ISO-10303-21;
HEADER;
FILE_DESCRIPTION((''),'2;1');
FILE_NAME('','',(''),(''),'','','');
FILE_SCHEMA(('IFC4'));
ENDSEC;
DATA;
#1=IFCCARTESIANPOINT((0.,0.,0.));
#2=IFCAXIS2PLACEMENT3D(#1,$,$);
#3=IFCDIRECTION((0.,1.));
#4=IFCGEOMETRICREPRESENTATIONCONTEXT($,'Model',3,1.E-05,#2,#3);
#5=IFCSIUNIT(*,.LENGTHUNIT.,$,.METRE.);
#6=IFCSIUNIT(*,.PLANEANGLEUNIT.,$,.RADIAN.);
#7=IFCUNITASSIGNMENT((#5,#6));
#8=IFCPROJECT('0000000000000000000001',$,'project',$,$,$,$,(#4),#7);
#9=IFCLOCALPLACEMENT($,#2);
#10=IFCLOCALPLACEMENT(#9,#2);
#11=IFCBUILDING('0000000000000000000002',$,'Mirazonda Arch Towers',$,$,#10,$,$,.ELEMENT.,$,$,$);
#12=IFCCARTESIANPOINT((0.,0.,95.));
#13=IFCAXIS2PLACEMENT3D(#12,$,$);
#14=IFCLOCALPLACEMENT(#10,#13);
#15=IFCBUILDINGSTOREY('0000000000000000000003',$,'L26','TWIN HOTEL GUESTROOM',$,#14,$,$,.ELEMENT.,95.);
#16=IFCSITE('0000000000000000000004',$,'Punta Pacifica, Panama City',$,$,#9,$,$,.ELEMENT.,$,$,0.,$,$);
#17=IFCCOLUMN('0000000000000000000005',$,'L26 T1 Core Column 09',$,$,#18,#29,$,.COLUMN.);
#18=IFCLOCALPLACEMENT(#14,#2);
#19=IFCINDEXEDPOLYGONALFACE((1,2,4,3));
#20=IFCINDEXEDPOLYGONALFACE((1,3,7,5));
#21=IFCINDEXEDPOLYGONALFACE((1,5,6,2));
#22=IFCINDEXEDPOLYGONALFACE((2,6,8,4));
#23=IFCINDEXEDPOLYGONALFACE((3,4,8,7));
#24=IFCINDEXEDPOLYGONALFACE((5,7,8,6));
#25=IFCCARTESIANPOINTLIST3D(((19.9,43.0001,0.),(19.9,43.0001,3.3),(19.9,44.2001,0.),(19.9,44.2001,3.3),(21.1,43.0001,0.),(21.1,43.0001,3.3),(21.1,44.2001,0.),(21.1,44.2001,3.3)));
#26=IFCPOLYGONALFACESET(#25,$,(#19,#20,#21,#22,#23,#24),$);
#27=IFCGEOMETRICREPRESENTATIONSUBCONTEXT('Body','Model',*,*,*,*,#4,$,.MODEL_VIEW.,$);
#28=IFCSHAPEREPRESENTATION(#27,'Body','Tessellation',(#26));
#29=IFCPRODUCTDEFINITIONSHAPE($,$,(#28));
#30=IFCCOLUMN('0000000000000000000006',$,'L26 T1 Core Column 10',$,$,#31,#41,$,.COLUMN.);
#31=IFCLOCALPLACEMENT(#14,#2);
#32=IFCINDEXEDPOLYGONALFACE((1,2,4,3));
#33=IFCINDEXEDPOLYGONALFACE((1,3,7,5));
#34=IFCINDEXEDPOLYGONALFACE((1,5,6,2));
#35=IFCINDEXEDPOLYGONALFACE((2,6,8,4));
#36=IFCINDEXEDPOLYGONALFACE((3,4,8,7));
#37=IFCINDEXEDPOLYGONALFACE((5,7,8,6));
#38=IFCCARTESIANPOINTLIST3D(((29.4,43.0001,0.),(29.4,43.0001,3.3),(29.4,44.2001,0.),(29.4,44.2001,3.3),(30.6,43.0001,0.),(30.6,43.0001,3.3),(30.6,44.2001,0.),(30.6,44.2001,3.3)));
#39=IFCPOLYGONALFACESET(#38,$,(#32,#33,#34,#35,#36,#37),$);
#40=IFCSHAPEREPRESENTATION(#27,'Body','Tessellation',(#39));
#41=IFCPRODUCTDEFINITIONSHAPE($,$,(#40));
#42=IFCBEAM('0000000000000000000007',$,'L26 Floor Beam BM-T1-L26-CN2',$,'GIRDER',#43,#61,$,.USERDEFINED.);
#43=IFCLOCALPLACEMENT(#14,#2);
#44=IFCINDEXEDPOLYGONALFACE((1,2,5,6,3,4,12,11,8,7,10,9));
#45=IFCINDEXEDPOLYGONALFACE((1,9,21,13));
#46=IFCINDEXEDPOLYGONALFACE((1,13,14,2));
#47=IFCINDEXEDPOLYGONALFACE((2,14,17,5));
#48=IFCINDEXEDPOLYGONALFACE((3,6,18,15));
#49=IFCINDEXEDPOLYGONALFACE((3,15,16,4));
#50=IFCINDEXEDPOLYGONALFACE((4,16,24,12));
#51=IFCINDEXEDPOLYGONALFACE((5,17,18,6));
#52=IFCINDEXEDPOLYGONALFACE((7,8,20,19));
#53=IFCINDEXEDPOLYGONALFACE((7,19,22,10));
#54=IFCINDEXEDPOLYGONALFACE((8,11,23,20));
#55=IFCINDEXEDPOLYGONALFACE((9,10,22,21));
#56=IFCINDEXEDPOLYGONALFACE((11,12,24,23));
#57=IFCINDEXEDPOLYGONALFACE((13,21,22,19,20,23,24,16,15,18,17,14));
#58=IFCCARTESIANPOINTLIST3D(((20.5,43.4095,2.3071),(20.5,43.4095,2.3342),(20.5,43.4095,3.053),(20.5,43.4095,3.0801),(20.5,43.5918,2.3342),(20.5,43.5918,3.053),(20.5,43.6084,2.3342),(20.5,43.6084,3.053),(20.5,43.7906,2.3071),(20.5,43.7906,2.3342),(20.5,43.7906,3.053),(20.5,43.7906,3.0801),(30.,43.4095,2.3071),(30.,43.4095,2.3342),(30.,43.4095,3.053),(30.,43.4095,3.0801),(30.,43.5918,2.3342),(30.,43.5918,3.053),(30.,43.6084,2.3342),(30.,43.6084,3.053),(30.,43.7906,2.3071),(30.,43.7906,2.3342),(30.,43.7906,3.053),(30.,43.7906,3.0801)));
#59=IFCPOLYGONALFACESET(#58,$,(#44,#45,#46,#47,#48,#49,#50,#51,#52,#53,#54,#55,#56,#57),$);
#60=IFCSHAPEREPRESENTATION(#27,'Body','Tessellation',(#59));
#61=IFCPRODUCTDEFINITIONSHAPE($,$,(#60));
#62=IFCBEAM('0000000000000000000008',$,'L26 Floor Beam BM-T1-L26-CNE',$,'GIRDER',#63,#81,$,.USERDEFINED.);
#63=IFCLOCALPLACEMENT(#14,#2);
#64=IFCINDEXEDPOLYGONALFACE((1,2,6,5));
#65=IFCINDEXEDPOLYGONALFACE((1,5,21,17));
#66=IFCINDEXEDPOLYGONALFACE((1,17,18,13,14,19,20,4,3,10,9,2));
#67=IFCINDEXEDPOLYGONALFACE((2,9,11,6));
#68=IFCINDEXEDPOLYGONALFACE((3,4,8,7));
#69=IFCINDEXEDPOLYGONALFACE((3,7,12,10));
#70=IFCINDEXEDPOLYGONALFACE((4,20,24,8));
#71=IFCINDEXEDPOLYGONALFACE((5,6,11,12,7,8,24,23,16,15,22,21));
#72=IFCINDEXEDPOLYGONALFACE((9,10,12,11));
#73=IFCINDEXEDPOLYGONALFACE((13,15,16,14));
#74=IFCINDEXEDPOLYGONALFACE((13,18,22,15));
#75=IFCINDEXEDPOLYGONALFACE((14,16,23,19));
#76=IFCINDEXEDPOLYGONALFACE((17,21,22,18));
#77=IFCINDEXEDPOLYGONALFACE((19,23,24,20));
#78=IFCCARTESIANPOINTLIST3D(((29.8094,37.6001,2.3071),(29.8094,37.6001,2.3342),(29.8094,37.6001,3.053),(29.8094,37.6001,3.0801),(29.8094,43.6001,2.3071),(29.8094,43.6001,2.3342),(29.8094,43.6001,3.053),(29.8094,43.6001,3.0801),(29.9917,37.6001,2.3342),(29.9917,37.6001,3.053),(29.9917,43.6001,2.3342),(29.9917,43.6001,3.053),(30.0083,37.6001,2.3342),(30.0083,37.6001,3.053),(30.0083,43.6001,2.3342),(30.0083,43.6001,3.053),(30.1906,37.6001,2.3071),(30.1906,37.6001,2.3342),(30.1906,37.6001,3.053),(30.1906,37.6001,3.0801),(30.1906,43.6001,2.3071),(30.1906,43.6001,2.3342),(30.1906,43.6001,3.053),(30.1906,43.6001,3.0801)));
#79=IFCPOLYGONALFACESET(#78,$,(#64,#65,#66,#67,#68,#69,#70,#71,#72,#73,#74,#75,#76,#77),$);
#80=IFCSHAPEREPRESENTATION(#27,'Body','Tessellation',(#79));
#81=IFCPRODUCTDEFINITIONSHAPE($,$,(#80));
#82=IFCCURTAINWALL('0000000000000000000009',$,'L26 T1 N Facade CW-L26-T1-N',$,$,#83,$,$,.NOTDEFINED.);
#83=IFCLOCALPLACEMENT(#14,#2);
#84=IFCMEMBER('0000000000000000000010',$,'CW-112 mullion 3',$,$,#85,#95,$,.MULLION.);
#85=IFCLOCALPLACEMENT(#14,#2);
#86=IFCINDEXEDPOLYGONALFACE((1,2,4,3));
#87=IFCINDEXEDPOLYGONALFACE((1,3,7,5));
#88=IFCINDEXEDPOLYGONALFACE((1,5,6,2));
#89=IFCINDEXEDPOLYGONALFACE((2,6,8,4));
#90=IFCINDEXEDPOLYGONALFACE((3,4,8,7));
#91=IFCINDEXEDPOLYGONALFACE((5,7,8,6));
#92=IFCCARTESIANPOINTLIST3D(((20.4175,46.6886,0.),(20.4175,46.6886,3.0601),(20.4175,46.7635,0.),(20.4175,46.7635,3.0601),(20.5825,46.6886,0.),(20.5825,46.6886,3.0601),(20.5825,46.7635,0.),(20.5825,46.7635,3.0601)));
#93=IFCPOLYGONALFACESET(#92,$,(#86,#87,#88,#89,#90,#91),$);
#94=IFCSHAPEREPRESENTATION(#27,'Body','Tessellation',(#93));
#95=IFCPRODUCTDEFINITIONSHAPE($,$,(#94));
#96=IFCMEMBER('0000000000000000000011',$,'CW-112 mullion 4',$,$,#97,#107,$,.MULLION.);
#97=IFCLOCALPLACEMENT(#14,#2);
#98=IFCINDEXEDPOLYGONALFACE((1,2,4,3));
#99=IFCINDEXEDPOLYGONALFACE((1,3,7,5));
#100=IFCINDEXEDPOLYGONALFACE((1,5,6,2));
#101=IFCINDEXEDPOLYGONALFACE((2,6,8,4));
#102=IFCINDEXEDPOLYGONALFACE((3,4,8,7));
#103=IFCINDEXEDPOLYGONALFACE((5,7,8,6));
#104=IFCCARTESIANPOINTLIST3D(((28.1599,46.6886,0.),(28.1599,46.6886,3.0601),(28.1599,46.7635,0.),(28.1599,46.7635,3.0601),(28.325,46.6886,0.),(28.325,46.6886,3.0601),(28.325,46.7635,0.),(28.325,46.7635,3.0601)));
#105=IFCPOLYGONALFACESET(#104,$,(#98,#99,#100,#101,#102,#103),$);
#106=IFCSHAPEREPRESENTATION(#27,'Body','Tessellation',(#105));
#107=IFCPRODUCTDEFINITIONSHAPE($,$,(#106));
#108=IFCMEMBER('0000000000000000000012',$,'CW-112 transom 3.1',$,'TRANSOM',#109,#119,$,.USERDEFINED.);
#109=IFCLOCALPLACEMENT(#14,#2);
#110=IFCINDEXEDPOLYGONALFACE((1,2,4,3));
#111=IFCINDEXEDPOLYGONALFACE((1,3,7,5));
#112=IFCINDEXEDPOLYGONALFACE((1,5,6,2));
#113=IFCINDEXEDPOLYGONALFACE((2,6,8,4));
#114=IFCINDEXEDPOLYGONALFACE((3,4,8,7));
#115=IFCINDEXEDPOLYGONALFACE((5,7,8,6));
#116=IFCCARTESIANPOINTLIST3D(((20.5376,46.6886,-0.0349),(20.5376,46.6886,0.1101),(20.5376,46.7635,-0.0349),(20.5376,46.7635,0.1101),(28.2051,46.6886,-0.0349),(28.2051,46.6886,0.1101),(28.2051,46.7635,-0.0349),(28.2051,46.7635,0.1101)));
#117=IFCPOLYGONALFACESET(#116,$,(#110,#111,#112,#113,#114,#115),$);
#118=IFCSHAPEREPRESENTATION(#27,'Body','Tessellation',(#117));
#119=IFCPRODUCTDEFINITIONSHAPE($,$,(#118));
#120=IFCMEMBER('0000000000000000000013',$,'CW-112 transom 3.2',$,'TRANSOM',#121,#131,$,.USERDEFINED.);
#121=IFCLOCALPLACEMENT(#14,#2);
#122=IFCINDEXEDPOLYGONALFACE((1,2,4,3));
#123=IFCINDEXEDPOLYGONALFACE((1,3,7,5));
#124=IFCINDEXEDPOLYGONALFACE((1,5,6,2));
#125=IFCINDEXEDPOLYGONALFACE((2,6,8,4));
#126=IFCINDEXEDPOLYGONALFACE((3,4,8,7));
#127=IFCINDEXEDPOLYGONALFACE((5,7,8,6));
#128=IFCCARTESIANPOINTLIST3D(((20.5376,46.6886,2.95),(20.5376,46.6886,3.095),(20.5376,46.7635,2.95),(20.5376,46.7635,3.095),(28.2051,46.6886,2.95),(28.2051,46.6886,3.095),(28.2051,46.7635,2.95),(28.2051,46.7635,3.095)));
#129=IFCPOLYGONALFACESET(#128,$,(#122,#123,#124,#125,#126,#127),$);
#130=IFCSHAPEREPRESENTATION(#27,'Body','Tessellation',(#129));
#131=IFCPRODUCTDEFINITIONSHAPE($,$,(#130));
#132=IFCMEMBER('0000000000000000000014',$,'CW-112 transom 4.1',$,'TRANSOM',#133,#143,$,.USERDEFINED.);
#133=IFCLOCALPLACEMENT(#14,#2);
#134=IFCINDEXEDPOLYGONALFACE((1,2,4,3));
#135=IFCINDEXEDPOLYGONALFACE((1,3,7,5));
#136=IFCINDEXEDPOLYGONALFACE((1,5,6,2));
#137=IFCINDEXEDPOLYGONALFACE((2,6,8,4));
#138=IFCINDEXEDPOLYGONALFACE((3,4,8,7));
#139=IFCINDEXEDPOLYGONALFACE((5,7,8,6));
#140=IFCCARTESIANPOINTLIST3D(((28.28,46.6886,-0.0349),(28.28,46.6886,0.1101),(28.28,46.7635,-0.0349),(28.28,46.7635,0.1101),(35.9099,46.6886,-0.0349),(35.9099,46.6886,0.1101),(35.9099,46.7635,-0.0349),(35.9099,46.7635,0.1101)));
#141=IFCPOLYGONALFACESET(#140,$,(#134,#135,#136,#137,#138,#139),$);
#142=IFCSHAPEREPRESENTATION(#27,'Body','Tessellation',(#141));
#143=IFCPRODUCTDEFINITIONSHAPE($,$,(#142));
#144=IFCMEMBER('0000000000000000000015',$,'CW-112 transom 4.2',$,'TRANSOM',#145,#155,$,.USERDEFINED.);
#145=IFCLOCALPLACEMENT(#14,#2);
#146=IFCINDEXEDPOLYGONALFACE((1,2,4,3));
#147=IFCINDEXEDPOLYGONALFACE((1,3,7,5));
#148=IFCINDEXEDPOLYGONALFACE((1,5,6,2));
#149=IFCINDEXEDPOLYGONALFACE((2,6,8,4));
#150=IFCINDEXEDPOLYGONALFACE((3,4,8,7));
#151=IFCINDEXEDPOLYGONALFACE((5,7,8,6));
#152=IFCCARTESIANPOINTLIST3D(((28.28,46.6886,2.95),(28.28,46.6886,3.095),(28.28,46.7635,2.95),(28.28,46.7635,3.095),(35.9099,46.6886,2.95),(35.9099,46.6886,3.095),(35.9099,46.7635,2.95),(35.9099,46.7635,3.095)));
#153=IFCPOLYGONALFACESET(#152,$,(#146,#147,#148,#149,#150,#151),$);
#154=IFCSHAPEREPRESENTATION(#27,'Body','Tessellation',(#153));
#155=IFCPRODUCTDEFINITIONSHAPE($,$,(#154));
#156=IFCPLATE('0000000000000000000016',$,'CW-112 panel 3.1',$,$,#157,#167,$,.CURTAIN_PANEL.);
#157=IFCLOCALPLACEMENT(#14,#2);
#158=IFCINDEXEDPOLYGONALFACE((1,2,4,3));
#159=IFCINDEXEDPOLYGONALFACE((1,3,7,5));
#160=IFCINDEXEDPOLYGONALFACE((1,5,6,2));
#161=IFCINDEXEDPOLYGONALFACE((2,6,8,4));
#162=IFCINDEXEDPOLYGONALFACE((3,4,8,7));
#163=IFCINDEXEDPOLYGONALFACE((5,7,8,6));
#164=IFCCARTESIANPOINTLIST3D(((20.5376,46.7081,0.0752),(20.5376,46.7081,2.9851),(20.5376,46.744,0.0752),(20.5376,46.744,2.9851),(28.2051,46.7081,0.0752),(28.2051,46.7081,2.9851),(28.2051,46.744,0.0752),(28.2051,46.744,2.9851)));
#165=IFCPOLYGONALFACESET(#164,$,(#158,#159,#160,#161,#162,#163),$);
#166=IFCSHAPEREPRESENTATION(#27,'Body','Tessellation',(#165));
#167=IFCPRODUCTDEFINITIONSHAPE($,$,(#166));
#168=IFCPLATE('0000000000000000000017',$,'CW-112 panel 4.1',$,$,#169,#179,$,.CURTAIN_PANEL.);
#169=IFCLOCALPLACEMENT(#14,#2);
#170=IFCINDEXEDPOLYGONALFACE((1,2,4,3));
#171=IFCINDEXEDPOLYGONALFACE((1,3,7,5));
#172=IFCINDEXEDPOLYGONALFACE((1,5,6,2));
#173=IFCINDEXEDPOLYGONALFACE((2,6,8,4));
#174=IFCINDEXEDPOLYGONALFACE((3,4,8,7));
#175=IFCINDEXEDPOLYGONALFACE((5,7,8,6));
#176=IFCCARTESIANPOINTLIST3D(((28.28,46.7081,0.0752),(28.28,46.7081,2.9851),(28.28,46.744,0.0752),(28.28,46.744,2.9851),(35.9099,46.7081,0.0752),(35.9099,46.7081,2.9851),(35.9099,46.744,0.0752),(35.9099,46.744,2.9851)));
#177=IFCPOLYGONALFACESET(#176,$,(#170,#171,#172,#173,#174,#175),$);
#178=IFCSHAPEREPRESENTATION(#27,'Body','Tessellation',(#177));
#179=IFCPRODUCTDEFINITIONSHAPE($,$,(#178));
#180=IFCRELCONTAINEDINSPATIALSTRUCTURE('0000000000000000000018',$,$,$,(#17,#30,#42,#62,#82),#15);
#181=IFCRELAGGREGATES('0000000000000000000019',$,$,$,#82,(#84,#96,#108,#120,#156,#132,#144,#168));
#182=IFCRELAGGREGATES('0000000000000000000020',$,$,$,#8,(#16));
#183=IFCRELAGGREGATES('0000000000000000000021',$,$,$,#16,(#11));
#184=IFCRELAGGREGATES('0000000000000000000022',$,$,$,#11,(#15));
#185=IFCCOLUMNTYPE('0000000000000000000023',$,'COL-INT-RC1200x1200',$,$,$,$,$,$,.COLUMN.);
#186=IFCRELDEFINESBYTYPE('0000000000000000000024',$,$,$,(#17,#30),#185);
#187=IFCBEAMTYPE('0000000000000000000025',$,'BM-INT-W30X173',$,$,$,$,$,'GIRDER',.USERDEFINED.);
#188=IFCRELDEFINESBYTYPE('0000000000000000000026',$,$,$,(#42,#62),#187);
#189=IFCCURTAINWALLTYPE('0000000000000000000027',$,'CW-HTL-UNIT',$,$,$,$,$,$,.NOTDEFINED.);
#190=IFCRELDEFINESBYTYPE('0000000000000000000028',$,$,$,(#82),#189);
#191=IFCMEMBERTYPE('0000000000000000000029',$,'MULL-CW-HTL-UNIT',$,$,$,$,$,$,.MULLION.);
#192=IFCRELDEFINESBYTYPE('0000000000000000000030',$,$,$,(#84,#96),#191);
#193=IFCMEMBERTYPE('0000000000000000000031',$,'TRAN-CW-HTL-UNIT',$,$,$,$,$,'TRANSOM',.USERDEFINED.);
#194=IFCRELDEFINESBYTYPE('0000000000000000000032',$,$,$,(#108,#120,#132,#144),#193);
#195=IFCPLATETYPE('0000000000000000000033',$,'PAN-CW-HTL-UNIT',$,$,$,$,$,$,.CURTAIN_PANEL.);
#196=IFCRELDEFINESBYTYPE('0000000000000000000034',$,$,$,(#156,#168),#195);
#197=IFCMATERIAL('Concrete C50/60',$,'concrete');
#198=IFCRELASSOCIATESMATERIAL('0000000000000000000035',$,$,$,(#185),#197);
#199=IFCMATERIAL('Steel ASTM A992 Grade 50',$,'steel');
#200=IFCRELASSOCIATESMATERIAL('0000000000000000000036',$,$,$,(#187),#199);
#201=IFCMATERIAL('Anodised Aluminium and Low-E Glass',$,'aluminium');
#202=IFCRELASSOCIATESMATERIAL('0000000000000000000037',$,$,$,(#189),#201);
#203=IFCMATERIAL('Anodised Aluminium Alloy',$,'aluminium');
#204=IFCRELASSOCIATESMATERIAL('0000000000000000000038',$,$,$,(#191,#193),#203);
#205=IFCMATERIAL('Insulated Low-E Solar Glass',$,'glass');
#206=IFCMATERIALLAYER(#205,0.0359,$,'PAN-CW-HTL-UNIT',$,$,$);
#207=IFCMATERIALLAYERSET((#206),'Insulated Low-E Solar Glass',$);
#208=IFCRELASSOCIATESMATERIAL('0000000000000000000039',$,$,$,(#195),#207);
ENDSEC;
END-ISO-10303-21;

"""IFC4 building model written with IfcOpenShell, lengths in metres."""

from ifc_helpers import new_model, si_unit, direction, frame, origin, origin_2d, place, context, subcontext, project, spatial, rectangle, i_section, extrude, material, layer, layer_set, material_profile, profile_set, type_object, element, aggregate, save


model = new_model("IFC4")

# Units and contexts
model_context = context("Model", 3, precision=1e-05, world=origin(), true_north=direction((0.0, 1.0)))
body_context = subcontext(model_context, "Body", "Model", "MODEL_VIEW")
ifc_project = project(units=[si_unit("LENGTHUNIT", "METRE"), si_unit("PLANEANGLEUNIT", "RADIAN")], contexts=[model_context])

# Site, building, storey
site_placement = place(None, origin())
site = spatial("IfcSite", under=ifc_project, at=site_placement, Name="Punta Pacifica, Panama City", CompositionType="ELEMENT", RefElevation=0.0)
building_placement = place(site_placement, origin())
building = spatial("IfcBuilding", under=site, at=building_placement, Name="Mirazonda Arch Towers", CompositionType="ELEMENT")
storey_placement = place(building_placement, frame((0.0, 0.0, 95.0)))
storey = spatial("IfcBuildingStorey", under=building, at=storey_placement, Name="L26", Description="TWIN HOTEL GUESTROOM", CompositionType="ELEMENT", Elevation=95.0)

# Columns
ifc_material_1 = material(Name="Concrete C50/60", Category="concrete")
ifc_material_profile_1 = material_profile(ifc_material_1, rectangle(XDim=1.2, YDim=1.2, at=origin_2d()), Name="RC1200x1200")
ifc_profile_set_1 = profile_set([ifc_material_profile_1], Name="Concrete C50/60")
column_type = type_object("IfcColumnType", Name="COL-INT-RC1200x1200", PredefinedType="COLUMN", material=ifc_profile_set_1)
for number, where, z_axis, x_axis, name in (
    (1, (20.5, 43.6001, 0.0), (0.0, 0.0, 1.0), (1.0, 0.0, 0.0), "L26 T1 Core Column 09"),
    (2, (30.0, 43.6001, 0.0), (0.0, 0.0, 1.0), (1.0, 0.0, 0.0), "L26 T1 Core Column 10"),
):
    element("IfcColumn", number, at=place(storey_placement, frame(where, z_axis=z_axis, x_axis=x_axis)), inside=storey, type_object=column_type, Name=name, PredefinedType="COLUMN", context=body_context, shape_type="SweptSolid", body=[
        extrude(rectangle(XDim=1.2, YDim=1.2, at=origin_2d()), origin(), (0.0, 0.0, 1.0), 3.3),
    ])

# Beams
ifc_material_2 = material(Name="Steel ASTM A992 Grade 50", Category="steel")
ifc_material_profile_2 = material_profile(ifc_material_2, i_section(OverallWidth=0.3811, OverallDepth=0.7729, WebThickness=0.0166, FlangeThickness=0.0271, at=origin_2d()), Name="W30X173")
ifc_profile_set_2 = profile_set([ifc_material_profile_2], Name="Steel ASTM A992 Grade 50")
beam_type = type_object("IfcBeamType", Name="BM-INT-W30X173", ElementType="GIRDER", PredefinedType="USERDEFINED", material=ifc_profile_set_2)
beam_1_placement = place(storey_placement, frame((20.5, 43.6001, 2.6936), z_axis=(1.0, 0.0, 0.0), x_axis=(0.0, 1.0, 0.0)))
element("IfcBeam", 3, at=beam_1_placement, inside=storey, type_object=beam_type, Name="L26 Floor Beam BM-T1-L26-CN2", ObjectType="GIRDER", PredefinedType="USERDEFINED", context=body_context, shape_type="SweptSolid", body=[
    extrude(i_section(OverallWidth=0.3811, OverallDepth=0.7729, WebThickness=0.0166, FlangeThickness=0.0271, at=origin_2d()), origin(), (0.0, 0.0, 1.0), 9.5),
])
beam_2_placement = place(storey_placement, frame((30.0, 37.6001, 2.6936), z_axis=(0.0, 1.0, 0.0), x_axis=(-1.0, 0.0, 0.0)))
element("IfcBeam", 4, at=beam_2_placement, inside=storey, type_object=beam_type, Name="L26 Floor Beam BM-T1-L26-CNE", ObjectType="GIRDER", PredefinedType="USERDEFINED", context=body_context, shape_type="SweptSolid", body=[
    extrude(i_section(OverallWidth=0.3811, OverallDepth=0.7729, WebThickness=0.0166, FlangeThickness=0.0271, at=origin_2d()), origin(), (0.0, 0.0, 1.0), 6.0),
])

# Curtain wall, members, plates
ifc_material_3 = material(Name="Anodised Aluminium and Low-E Glass", Category="aluminium")
curtain_wall_type = type_object("IfcCurtainWallType", Name="CW-HTL-UNIT", PredefinedType="NOTDEFINED", material=ifc_material_3)
curtain_wall_placement = place(storey_placement, origin())
curtain_wall = element("IfcCurtainWall", 5, at=curtain_wall_placement, inside=storey, type_object=curtain_wall_type, Name="L26 T1 N Facade CW-L26-T1-N", PredefinedType="NOTDEFINED")
ifc_material_4 = material(Name="Anodised Aluminium Alloy", Category="aluminium")
ifc_material_profile_3 = material_profile(ifc_material_4, rectangle(XDim=0.075, YDim=0.165, at=origin_2d()), Name="ALU-MULL-75x165")
ifc_profile_set_3 = profile_set([ifc_material_profile_3], Name="Anodised Aluminium Alloy")
member_type_1 = type_object("IfcMemberType", Name="MULL-CW-HTL-UNIT", PredefinedType="MULLION", material=ifc_profile_set_3)
member_1_placement = place(storey_placement, frame((20.5, 46.7261, 0.0), z_axis=(0.0, 0.0, 1.0), x_axis=(0.0, 1.0, 0.0)))
member_1 = element("IfcMember", 6, at=member_1_placement, type_object=member_type_1, Name="CW-112 mullion 3", PredefinedType="MULLION", context=body_context, shape_type="SweptSolid", body=[
    extrude(rectangle(XDim=0.075, YDim=0.165, at=origin_2d()), origin(), (0.0, 0.0, 1.0), 3.0601),
])
member_2_placement = place(storey_placement, frame((28.2424, 46.7261, 0.0), z_axis=(0.0, 0.0, 1.0), x_axis=(0.0, 1.0, 0.0)))
member_2 = element("IfcMember", 7, at=member_2_placement, type_object=member_type_1, Name="CW-112 mullion 4", PredefinedType="MULLION", context=body_context, shape_type="SweptSolid", body=[
    extrude(rectangle(XDim=0.075, YDim=0.165, at=origin_2d()), origin(), (0.0, 0.0, 1.0), 3.0601),
])
ifc_material_profile_4 = material_profile(ifc_material_4, rectangle(XDim=0.075, YDim=0.145, at=origin_2d()), Name="ALU-TRAN-75x145")
ifc_profile_set_4 = profile_set([ifc_material_profile_4], Name="Anodised Aluminium Alloy")
member_type_2 = type_object("IfcMemberType", Name="TRAN-CW-HTL-UNIT", ElementType="TRANSOM", PredefinedType="USERDEFINED", material=ifc_profile_set_4)
member_3_placement = place(storey_placement, frame((20.5376, 46.7261, 0.0376), z_axis=(1.0, 0.0, 0.0), x_axis=(0.0, 1.0, 0.0)))
member_3 = element("IfcMember", 8, at=member_3_placement, type_object=member_type_2, Name="CW-112 transom 3.1", ObjectType="TRANSOM", PredefinedType="USERDEFINED", context=body_context, shape_type="SweptSolid", body=[
    extrude(rectangle(XDim=0.075, YDim=0.145, at=origin_2d()), origin(), (0.0, 0.0, 1.0), 7.6675),
])
member_4_placement = place(storey_placement, frame((20.5376, 46.7261, 3.0225), z_axis=(1.0, 0.0, 0.0), x_axis=(0.0, 1.0, 0.0)))
member_4 = element("IfcMember", 9, at=member_4_placement, type_object=member_type_2, Name="CW-112 transom 3.2", ObjectType="TRANSOM", PredefinedType="USERDEFINED", context=body_context, shape_type="SweptSolid", body=[
    extrude(rectangle(XDim=0.075, YDim=0.145, at=origin_2d()), origin(), (0.0, 0.0, 1.0), 7.6675),
])
member_5_placement = place(storey_placement, frame((28.28, 46.7261, 0.0376), z_axis=(1.0, 0.0, 0.0), x_axis=(0.0, 1.0, 0.0)))
member_5 = element("IfcMember", 10, at=member_5_placement, type_object=member_type_2, Name="CW-112 transom 4.1", ObjectType="TRANSOM", PredefinedType="USERDEFINED", context=body_context, shape_type="SweptSolid", body=[
    extrude(rectangle(XDim=0.075, YDim=0.145, at=origin_2d()), origin(), (0.0, 0.0, 1.0), 7.6299),
])
member_6_placement = place(storey_placement, frame((28.28, 46.7261, 3.0225), z_axis=(1.0, 0.0, 0.0), x_axis=(0.0, 1.0, 0.0)))
member_6 = element("IfcMember", 11, at=member_6_placement, type_object=member_type_2, Name="CW-112 transom 4.2", ObjectType="TRANSOM", PredefinedType="USERDEFINED", context=body_context, shape_type="SweptSolid", body=[
    extrude(rectangle(XDim=0.075, YDim=0.145, at=origin_2d()), origin(), (0.0, 0.0, 1.0), 7.6299),
])
ifc_material_5 = material(Name="Insulated Low-E Solar Glass", Category="glass")
ifc_layer_1 = layer(ifc_material_5, 0.0359, Name="PAN-CW-HTL-UNIT")
ifc_layer_set_1 = layer_set([ifc_layer_1], Name="Insulated Low-E Solar Glass")
plate_type = type_object("IfcPlateType", Name="PAN-CW-HTL-UNIT", PredefinedType="CURTAIN_PANEL", material=ifc_layer_set_1)
plate_1_placement = place(storey_placement, frame((24.3713, 46.7261, 0.0752), z_axis=(0.0, 0.0, 1.0), x_axis=(1.0, 0.0, 0.0)))
plate_1 = element("IfcPlate", 12, at=plate_1_placement, type_object=plate_type, Name="CW-112 panel 3.1", PredefinedType="CURTAIN_PANEL", context=body_context, shape_type="SweptSolid", body=[
    extrude(rectangle(XDim=7.6675, YDim=0.0359, at=origin_2d()), origin(), (0.0, 0.0, 1.0), 2.9099),
])
plate_2_placement = place(storey_placement, frame((32.095, 46.7261, 0.0752), z_axis=(0.0, 0.0, 1.0), x_axis=(1.0, 0.0, 0.0)))
plate_2 = element("IfcPlate", 13, at=plate_2_placement, type_object=plate_type, Name="CW-112 panel 4.1", PredefinedType="CURTAIN_PANEL", context=body_context, shape_type="SweptSolid", body=[
    extrude(rectangle(XDim=7.6299, YDim=0.0359, at=origin_2d()), origin(), (0.0, 0.0, 1.0), 2.9099),
])
aggregate(curtain_wall, [member_1, member_2, member_3, member_4, plate_1, member_5, member_6, plate_2])

save(model, "model.ifc")
